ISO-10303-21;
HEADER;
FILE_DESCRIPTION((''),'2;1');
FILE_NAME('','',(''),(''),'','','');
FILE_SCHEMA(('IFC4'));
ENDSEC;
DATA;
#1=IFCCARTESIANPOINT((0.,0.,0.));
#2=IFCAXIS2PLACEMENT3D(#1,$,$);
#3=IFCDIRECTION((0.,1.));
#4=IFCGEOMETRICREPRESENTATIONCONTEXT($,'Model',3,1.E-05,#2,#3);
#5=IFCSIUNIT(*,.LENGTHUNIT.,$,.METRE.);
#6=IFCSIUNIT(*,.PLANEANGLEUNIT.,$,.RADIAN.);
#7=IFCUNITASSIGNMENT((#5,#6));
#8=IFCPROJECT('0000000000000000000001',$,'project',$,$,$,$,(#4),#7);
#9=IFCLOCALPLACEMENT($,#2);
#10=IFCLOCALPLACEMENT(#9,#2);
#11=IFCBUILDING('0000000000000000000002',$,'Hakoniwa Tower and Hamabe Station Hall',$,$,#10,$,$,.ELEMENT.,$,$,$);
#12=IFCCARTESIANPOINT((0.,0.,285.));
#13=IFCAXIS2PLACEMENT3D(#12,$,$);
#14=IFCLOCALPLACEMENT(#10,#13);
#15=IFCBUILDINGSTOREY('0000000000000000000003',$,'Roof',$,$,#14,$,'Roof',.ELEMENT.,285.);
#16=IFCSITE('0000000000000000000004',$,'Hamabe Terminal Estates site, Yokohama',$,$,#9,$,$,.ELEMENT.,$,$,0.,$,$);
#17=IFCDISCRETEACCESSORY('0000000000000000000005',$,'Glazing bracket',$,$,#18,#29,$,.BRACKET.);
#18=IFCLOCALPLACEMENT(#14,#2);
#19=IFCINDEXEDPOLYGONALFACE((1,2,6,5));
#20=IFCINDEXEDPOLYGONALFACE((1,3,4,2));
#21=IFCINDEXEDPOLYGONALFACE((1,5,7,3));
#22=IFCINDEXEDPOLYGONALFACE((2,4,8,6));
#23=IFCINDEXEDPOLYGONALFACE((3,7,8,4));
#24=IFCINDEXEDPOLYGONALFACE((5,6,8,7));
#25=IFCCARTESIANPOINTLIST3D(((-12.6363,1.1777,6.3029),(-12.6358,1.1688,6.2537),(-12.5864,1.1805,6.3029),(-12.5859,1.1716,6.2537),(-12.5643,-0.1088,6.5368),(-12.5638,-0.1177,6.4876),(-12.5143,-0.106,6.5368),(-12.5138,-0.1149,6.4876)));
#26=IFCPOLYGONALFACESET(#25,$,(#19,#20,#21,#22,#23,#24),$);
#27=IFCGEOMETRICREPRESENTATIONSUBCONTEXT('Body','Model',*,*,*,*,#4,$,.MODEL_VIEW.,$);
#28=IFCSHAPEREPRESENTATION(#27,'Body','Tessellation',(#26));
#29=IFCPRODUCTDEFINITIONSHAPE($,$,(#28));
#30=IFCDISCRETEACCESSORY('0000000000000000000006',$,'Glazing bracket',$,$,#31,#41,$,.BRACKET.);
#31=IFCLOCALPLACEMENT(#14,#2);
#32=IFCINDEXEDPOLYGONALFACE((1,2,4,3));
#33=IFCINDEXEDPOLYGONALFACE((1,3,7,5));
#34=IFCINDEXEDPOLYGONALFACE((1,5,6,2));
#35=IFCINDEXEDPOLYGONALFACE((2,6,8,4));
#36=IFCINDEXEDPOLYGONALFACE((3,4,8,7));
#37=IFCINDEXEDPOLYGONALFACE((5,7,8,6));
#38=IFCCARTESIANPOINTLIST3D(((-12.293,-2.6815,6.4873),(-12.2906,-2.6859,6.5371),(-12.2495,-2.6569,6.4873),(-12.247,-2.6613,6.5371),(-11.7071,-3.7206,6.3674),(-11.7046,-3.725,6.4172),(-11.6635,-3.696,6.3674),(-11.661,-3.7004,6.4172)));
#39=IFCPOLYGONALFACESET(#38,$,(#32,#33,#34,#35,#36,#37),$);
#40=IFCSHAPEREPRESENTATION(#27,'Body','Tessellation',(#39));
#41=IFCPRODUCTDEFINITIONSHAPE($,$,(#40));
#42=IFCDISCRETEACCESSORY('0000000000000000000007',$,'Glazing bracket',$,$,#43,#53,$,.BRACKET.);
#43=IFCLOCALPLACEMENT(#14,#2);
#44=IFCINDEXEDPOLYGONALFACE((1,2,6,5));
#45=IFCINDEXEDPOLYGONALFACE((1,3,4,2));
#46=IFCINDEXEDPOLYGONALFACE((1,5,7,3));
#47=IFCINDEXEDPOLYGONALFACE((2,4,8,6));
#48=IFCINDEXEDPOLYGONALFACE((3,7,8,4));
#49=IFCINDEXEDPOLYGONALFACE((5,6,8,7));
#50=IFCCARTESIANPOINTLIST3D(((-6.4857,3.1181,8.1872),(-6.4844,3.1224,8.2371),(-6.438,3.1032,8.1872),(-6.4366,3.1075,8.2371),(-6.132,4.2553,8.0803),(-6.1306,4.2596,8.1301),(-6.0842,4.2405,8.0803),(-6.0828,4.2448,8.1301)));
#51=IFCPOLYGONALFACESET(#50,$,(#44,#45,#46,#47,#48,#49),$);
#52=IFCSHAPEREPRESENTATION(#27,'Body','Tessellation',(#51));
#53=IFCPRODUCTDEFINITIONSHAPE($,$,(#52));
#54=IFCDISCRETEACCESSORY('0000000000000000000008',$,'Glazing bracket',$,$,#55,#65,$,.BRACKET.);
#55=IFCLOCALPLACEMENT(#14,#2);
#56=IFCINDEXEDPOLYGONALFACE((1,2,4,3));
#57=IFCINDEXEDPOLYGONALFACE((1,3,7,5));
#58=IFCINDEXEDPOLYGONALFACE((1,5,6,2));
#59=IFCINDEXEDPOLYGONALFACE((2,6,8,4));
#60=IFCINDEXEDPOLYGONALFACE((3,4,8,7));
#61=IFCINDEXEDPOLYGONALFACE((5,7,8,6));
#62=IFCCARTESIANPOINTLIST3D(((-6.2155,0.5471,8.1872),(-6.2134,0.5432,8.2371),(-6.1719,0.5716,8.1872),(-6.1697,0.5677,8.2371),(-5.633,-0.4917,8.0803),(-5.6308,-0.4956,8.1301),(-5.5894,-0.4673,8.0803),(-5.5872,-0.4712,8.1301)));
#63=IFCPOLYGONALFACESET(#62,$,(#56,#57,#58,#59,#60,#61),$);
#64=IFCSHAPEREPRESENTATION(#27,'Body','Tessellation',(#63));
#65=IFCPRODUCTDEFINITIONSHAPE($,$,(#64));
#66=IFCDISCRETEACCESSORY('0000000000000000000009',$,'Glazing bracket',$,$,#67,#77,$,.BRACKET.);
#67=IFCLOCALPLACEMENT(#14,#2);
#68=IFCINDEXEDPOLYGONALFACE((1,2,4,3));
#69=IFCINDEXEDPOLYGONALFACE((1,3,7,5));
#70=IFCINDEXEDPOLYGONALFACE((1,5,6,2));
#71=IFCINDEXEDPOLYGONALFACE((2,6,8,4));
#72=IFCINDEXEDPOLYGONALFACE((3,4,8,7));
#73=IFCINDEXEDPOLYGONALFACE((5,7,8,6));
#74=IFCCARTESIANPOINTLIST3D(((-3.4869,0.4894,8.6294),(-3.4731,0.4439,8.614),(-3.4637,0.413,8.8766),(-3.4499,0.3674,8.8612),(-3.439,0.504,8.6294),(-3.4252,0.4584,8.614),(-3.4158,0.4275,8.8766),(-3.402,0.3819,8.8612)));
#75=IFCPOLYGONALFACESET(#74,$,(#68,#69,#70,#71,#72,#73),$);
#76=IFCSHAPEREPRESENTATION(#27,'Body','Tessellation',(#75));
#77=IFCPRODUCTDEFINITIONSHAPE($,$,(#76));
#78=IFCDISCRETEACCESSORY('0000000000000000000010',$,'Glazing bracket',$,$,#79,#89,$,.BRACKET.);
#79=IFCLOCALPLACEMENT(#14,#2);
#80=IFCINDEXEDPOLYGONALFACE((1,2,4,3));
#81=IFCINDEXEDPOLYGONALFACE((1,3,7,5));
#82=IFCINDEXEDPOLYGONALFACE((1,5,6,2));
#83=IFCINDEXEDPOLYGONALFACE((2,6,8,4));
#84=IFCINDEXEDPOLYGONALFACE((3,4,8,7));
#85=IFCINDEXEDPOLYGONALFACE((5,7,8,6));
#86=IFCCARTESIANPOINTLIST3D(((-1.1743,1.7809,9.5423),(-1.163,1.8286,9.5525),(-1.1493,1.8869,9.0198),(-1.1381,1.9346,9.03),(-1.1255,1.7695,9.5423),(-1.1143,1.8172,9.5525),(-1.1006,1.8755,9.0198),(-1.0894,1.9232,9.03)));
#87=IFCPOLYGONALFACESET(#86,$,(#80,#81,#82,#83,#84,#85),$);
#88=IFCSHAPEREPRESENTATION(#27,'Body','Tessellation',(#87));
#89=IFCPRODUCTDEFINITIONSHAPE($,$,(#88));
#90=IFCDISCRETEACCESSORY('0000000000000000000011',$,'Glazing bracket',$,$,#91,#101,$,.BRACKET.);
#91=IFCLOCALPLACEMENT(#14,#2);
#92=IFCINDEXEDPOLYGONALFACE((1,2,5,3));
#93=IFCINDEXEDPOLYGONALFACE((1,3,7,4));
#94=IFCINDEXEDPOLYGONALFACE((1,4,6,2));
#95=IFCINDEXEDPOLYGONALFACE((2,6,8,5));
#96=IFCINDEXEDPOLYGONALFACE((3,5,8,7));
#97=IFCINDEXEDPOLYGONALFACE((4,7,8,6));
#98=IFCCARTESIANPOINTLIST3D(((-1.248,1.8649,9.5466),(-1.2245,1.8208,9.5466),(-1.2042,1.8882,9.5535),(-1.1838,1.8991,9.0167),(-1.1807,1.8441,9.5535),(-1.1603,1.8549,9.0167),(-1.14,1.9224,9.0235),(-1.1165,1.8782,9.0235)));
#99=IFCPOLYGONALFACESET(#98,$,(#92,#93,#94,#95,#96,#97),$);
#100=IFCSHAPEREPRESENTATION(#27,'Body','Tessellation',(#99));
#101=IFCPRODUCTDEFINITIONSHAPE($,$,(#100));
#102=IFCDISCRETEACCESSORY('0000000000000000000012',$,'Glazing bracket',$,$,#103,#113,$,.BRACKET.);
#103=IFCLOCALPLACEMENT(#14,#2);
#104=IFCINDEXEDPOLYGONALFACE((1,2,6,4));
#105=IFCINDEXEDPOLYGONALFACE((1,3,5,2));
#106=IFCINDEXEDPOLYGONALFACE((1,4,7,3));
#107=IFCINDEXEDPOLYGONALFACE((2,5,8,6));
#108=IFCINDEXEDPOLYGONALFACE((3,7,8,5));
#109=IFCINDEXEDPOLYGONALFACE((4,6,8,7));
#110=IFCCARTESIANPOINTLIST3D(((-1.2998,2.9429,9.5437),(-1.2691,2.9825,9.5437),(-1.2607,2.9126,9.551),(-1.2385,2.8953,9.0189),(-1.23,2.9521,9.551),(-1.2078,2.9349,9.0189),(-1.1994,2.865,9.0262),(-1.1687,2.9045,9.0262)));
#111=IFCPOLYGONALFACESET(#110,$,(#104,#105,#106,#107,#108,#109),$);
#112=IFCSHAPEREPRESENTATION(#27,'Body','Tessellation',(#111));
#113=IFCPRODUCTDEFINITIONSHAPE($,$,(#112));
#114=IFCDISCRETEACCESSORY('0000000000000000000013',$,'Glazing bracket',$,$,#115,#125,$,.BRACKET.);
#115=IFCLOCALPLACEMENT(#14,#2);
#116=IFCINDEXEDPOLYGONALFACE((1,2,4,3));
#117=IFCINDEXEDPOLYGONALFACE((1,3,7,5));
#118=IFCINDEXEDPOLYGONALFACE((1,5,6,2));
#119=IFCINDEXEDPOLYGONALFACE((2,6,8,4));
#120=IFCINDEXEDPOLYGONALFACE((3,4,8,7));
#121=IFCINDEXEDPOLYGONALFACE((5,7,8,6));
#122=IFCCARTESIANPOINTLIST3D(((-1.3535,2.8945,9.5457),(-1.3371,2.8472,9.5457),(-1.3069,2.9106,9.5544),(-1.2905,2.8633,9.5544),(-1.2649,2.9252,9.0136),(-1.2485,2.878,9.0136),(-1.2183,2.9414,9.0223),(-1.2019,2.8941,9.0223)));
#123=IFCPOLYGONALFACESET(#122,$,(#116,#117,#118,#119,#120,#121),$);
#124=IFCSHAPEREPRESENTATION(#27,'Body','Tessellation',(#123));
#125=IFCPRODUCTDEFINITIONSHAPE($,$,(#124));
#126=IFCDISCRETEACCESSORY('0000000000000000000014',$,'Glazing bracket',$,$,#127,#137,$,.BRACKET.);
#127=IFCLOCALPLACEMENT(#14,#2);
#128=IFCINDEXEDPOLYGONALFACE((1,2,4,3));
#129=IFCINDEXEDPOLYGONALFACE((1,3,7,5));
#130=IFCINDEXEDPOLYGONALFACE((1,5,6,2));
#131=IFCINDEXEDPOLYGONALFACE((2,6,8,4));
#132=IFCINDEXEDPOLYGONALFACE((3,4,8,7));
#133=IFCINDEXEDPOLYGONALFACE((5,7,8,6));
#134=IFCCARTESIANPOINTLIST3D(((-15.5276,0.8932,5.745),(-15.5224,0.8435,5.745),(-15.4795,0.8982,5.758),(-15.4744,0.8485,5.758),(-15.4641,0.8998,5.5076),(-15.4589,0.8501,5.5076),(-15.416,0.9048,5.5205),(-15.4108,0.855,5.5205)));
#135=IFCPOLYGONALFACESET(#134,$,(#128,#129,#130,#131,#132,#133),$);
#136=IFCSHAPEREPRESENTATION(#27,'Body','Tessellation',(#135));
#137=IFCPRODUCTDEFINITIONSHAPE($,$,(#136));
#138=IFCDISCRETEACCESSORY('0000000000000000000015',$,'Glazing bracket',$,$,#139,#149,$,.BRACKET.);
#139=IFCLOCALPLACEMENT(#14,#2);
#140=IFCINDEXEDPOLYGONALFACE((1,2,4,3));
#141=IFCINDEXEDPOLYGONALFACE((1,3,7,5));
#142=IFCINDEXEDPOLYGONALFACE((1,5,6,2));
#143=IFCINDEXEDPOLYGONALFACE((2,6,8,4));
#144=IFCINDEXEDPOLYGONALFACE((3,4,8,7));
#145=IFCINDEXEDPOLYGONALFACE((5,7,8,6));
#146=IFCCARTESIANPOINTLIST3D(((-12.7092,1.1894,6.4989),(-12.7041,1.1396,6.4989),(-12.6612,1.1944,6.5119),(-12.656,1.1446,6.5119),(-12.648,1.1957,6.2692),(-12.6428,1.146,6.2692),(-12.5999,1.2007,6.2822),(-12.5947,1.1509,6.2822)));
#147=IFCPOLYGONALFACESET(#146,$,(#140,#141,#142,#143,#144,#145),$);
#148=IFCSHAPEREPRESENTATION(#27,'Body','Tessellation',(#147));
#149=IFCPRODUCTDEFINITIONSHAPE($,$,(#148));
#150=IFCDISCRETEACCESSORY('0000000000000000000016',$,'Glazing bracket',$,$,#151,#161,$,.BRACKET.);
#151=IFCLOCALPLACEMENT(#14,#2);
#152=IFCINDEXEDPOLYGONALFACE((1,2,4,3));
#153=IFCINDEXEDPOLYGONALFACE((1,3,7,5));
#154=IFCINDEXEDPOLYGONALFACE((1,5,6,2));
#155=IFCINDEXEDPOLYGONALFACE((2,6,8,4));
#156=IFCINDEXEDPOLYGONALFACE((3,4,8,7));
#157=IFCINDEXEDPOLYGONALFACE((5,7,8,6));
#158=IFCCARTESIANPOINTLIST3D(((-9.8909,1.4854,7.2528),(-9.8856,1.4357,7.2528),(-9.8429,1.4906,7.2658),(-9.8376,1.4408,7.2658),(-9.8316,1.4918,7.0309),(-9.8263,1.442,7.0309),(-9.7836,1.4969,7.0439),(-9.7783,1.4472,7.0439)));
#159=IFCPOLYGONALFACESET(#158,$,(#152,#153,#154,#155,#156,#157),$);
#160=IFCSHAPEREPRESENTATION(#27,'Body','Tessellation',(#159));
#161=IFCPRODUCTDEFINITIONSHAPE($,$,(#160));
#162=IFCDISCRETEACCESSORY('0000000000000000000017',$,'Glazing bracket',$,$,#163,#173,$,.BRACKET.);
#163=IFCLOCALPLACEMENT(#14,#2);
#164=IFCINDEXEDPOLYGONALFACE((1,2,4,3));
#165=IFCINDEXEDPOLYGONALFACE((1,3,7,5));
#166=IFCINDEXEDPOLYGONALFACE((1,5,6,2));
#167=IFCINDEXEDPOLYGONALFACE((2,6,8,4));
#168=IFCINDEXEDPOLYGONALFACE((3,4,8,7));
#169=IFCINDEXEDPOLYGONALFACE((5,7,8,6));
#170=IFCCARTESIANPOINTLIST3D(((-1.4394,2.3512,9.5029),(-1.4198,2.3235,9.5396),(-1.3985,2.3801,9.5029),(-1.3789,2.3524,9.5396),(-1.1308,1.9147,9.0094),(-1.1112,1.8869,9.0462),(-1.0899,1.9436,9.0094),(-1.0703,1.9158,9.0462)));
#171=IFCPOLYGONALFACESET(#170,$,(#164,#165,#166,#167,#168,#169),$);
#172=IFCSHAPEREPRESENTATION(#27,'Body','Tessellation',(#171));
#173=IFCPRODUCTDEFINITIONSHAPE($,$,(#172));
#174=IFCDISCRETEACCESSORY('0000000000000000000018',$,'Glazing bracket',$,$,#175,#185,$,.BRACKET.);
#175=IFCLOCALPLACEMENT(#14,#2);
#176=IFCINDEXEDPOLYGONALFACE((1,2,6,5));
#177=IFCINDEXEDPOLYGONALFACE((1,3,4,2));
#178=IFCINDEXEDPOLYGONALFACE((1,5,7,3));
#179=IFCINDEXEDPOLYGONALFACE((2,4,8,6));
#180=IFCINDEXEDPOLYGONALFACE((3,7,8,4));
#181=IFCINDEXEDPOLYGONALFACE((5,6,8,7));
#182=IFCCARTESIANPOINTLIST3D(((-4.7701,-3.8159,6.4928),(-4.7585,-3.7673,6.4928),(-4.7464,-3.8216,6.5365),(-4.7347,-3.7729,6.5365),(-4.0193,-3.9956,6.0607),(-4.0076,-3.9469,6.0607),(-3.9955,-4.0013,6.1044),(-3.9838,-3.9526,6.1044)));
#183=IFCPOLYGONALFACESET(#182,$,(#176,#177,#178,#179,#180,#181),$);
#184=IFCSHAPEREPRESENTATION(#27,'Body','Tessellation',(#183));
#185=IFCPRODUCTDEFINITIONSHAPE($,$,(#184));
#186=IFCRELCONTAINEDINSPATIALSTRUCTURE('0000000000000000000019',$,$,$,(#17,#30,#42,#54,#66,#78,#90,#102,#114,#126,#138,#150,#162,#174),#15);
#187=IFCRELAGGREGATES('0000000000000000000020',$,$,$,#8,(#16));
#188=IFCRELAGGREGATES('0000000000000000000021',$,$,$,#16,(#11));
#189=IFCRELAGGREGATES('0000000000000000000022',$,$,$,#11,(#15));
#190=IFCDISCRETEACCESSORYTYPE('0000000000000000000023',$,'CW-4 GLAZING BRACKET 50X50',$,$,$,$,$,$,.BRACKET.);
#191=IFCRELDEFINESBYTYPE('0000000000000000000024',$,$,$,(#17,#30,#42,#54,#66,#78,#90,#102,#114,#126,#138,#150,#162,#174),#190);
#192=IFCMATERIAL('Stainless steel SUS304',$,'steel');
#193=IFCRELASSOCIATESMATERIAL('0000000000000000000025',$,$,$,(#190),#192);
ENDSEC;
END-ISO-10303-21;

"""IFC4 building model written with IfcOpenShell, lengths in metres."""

from ifc_helpers import new_model, si_unit, direction, frame, origin, origin_2d, place, context, subcontext, project, spatial, rectangle, extrude, material, material_profile, profile_set, type_object, element, save


model = new_model("IFC4")

# Units and contexts
model_context = context("Model", 3, precision=1e-05, world=origin(), true_north=direction((0.0, 1.0)))
body_context = subcontext(model_context, "Body", "Model", "MODEL_VIEW")
ifc_project = project(units=[si_unit("LENGTHUNIT", "METRE"), si_unit("PLANEANGLEUNIT", "RADIAN")], contexts=[model_context])

# Site, building, storey
site_placement = place(None, origin())
site = spatial("IfcSite", under=ifc_project, at=site_placement, Name="Hamabe Terminal Estates site, Yokohama", CompositionType="ELEMENT", RefElevation=0.0)
building_placement = place(site_placement, origin())
building = spatial("IfcBuilding", under=site, at=building_placement, Name="Hakoniwa Tower and Hamabe Station Hall", CompositionType="ELEMENT")
storey_placement = place(building_placement, frame((0.0, 0.0, 285.0)))
storey = spatial("IfcBuildingStorey", under=building, at=storey_placement, Name="Roof", LongName="Roof", CompositionType="ELEMENT", Elevation=285.0)

# Discrete accessories
ifc_material_1 = material(Name="Stainless steel SUS304", Category="steel")
ifc_material_profile_1 = material_profile(ifc_material_1, rectangle(XDim=0.05, YDim=0.05, at=origin_2d()), Name="CW-4 GLAZING BRACKET 50X50")
ifc_profile_set_1 = profile_set([ifc_material_profile_1], Name="Stainless steel SUS304")
discrete_accessory_type = type_object("IfcDiscreteAccessoryType", Name="CW-4 GLAZING BRACKET 50X50", PredefinedType="BRACKET", material=ifc_profile_set_1)
discrete_accessory_1_placement = place(storey_placement, frame((-12.5391, -0.1118, 6.5122), z_axis=(-0.055001, 0.982381, -0.178615), x_axis=(-0.998436, -0.0559, 0.0)))
element("IfcDiscreteAccessory", 1, at=discrete_accessory_1_placement, inside=storey, type_object=discrete_accessory_type, Name="Glazing bracket", PredefinedType="BRACKET", context=body_context, shape_type="SweptSolid", body=[
    extrude(rectangle(XDim=0.05, YDim=0.05, at=origin_2d()), origin(), (0.0, 0.0, 1.0), 1.3096),
])
discrete_accessory_2_placement = place(storey_placement, frame((-12.27, -2.6714, 6.5122), z_axis=(0.488732, -0.866685, -0.099986), x_axis=(0.87105, 0.491194, 0.0)))
element("IfcDiscreteAccessory", 2, at=discrete_accessory_2_placement, inside=storey, type_object=discrete_accessory_type, Name="Glazing bracket", PredefinedType="BRACKET", context=body_context, shape_type="SweptSolid", body=[
    extrude(rectangle(XDim=0.05, YDim=0.05, at=origin_2d()), origin(), (0.0, 0.0, 1.0), 1.199),
])
for number, where, z_axis, x_axis, name in (
    (3, (-6.4612, 3.1128, 8.2122), (0.295847, 0.95104, -0.089428), (-0.954866, 0.297037, 0.0), "Glazing bracket"),
    (4, (-6.1926, 0.5574, 8.2122), (0.487143, -0.868732, -0.089425), (0.872226, 0.489103, 0.0), "Glazing bracket"),
):
    element("IfcDiscreteAccessory", number, at=place(storey_placement, frame(where, z_axis=z_axis, x_axis=x_axis)), inside=storey, type_object=discrete_accessory_type, Name=name, PredefinedType="BRACKET", context=body_context, shape_type="SweptSolid", body=[
        extrude(rectangle(XDim=0.05, YDim=0.05, at=origin_2d()), origin(), (0.0, 0.0, 1.0), 1.1958),
    ])
discrete_accessory_3_placement = place(storey_placement, frame((-3.4329, 0.3975, 8.8689), z_axis=(-0.089324, 0.294297, -0.951531), x_axis=(-0.956896, -0.290432, 0.0)))
element("IfcDiscreteAccessory", 5, at=discrete_accessory_3_placement, inside=storey, type_object=discrete_accessory_type, Name="Glazing bracket", PredefinedType="BRACKET", context=body_context, shape_type="SweptSolid", body=[
    extrude(rectangle(XDim=0.05, YDim=0.05, at=origin_2d()), origin(), (0.0, 0.0, 1.0), 0.2598),
])
discrete_accessory_4_placement = place(storey_placement, frame((-1.1443, 1.7991, 9.5474), z_axis=(0.046662, 0.198541, -0.978981), x_axis=(-0.973476, 0.228789, 0.0)))
element("IfcDiscreteAccessory", 6, at=discrete_accessory_4_placement, inside=storey, type_object=discrete_accessory_type, Name="Glazing bracket", PredefinedType="BRACKET", context=body_context, shape_type="SweptSolid", body=[
    extrude(rectangle(XDim=0.05, YDim=0.05, at=origin_2d()), origin(), (0.0, 0.0, 1.0), 0.5337),
])
discrete_accessory_5_placement = place(storey_placement, frame((-1.2144, 1.8545, 9.55), z_axis=(0.120017, 0.063888, -0.990714), x_axis=(-0.469891, 0.882724, 0.0)))
element("IfcDiscreteAccessory", 7, at=discrete_accessory_5_placement, inside=storey, type_object=discrete_accessory_type, Name="Glazing bracket", PredefinedType="BRACKET", context=body_context, shape_type="SweptSolid", body=[
    extrude(rectangle(XDim=0.05, YDim=0.05, at=origin_2d()), origin(), (0.0, 0.0, 1.0), 0.5349),
])
discrete_accessory_6_placement = place(storey_placement, frame((-1.2649, 2.9475, 9.5474), z_axis=(0.115489, -0.089723, -0.989248), x_axis=(0.613505, 0.789691, 0.0)))
element("IfcDiscreteAccessory", 8, at=discrete_accessory_6_placement, inside=storey, type_object=discrete_accessory_type, Name="Glazing bracket", PredefinedType="BRACKET", context=body_context, shape_type="SweptSolid", body=[
    extrude(rectangle(XDim=0.05, YDim=0.05, at=origin_2d()), origin(), (0.0, 0.0, 1.0), 0.5305),
])
discrete_accessory_7_placement = place(storey_placement, frame((-1.322, 2.8789, 9.55), z_axis=(0.164059, 0.056946, -0.984805), x_axis=(-0.327915, 0.944707, 0.0)))
element("IfcDiscreteAccessory", 9, at=discrete_accessory_7_placement, inside=storey, type_object=discrete_accessory_type, Name="Glazing bracket", PredefinedType="BRACKET", context=body_context, shape_type="SweptSolid", body=[
    extrude(rectangle(XDim=0.05, YDim=0.05, at=origin_2d()), origin(), (0.0, 0.0, 1.0), 0.5403),
])
discrete_accessory_8_placement = place(storey_placement, frame((-15.501, 0.8708, 5.7515), z_axis=(0.258312, 0.026825, -0.965689), x_axis=(-0.103291, 0.994651, 0.0)))
element("IfcDiscreteAccessory", 10, at=discrete_accessory_8_placement, inside=storey, type_object=discrete_accessory_type, Name="Glazing bracket", PredefinedType="BRACKET", context=body_context, shape_type="SweptSolid", body=[
    extrude(rectangle(XDim=0.05, YDim=0.05, at=origin_2d()), origin(), (0.0, 0.0, 1.0), 0.2458),
])
discrete_accessory_9_placement = place(storey_placement, frame((-12.6826, 1.167, 6.5054), z_axis=(0.257635, 0.026687, -0.965874), x_axis=(-0.103034, 0.994678, 0.0)))
element("IfcDiscreteAccessory", 11, at=discrete_accessory_9_placement, inside=storey, type_object=discrete_accessory_type, Name="Glazing bracket", PredefinedType="BRACKET", context=body_context, shape_type="SweptSolid", body=[
    extrude(rectangle(XDim=0.05, YDim=0.05, at=origin_2d()), origin(), (0.0, 0.0, 1.0), 0.2378),
])
discrete_accessory_10_placement = place(storey_placement, frame((-9.8643, 1.4631, 7.2593), z_axis=(0.258159, 0.027622, -0.965707), x_axis=(-0.106389, 0.994325, 0.0)))
element("IfcDiscreteAccessory", 12, at=discrete_accessory_10_placement, inside=storey, type_object=discrete_accessory_type, Name="Glazing bracket", PredefinedType="BRACKET", context=body_context, shape_type="SweptSolid", body=[
    extrude(rectangle(XDim=0.05, YDim=0.05, at=origin_2d()), origin(), (0.0, 0.0, 1.0), 0.2297),
])
discrete_accessory_11_placement = place(storey_placement, frame((-1.4092, 2.3518, 9.5212), z_axis=(0.424193, -0.600045, -0.678238), x_axis=(0.816563, 0.577257, 0.0)))
element("IfcDiscreteAccessory", 13, at=discrete_accessory_11_placement, inside=storey, type_object=discrete_accessory_type, Name="Glazing bracket", PredefinedType="BRACKET", context=body_context, shape_type="SweptSolid", body=[
    extrude(rectangle(XDim=0.05, YDim=0.05, at=origin_2d()), origin(), (0.0, 0.0, 1.0), 0.7275),
])
discrete_accessory_12_placement = place(storey_placement, frame((-4.7524, -3.7944, 6.5146), z_axis=(0.848689, -0.203067, -0.488355), x_axis=(0.232703, 0.972548, 0.0)))
element("IfcDiscreteAccessory", 14, at=discrete_accessory_12_placement, inside=storey, type_object=discrete_accessory_type, Name="Glazing bracket", PredefinedType="BRACKET", context=body_context, shape_type="SweptSolid", body=[
    extrude(rectangle(XDim=0.05, YDim=0.05, at=origin_2d()), origin(), (0.0, 0.0, 1.0), 0.8848),
])

save(model, "model.ifc")
